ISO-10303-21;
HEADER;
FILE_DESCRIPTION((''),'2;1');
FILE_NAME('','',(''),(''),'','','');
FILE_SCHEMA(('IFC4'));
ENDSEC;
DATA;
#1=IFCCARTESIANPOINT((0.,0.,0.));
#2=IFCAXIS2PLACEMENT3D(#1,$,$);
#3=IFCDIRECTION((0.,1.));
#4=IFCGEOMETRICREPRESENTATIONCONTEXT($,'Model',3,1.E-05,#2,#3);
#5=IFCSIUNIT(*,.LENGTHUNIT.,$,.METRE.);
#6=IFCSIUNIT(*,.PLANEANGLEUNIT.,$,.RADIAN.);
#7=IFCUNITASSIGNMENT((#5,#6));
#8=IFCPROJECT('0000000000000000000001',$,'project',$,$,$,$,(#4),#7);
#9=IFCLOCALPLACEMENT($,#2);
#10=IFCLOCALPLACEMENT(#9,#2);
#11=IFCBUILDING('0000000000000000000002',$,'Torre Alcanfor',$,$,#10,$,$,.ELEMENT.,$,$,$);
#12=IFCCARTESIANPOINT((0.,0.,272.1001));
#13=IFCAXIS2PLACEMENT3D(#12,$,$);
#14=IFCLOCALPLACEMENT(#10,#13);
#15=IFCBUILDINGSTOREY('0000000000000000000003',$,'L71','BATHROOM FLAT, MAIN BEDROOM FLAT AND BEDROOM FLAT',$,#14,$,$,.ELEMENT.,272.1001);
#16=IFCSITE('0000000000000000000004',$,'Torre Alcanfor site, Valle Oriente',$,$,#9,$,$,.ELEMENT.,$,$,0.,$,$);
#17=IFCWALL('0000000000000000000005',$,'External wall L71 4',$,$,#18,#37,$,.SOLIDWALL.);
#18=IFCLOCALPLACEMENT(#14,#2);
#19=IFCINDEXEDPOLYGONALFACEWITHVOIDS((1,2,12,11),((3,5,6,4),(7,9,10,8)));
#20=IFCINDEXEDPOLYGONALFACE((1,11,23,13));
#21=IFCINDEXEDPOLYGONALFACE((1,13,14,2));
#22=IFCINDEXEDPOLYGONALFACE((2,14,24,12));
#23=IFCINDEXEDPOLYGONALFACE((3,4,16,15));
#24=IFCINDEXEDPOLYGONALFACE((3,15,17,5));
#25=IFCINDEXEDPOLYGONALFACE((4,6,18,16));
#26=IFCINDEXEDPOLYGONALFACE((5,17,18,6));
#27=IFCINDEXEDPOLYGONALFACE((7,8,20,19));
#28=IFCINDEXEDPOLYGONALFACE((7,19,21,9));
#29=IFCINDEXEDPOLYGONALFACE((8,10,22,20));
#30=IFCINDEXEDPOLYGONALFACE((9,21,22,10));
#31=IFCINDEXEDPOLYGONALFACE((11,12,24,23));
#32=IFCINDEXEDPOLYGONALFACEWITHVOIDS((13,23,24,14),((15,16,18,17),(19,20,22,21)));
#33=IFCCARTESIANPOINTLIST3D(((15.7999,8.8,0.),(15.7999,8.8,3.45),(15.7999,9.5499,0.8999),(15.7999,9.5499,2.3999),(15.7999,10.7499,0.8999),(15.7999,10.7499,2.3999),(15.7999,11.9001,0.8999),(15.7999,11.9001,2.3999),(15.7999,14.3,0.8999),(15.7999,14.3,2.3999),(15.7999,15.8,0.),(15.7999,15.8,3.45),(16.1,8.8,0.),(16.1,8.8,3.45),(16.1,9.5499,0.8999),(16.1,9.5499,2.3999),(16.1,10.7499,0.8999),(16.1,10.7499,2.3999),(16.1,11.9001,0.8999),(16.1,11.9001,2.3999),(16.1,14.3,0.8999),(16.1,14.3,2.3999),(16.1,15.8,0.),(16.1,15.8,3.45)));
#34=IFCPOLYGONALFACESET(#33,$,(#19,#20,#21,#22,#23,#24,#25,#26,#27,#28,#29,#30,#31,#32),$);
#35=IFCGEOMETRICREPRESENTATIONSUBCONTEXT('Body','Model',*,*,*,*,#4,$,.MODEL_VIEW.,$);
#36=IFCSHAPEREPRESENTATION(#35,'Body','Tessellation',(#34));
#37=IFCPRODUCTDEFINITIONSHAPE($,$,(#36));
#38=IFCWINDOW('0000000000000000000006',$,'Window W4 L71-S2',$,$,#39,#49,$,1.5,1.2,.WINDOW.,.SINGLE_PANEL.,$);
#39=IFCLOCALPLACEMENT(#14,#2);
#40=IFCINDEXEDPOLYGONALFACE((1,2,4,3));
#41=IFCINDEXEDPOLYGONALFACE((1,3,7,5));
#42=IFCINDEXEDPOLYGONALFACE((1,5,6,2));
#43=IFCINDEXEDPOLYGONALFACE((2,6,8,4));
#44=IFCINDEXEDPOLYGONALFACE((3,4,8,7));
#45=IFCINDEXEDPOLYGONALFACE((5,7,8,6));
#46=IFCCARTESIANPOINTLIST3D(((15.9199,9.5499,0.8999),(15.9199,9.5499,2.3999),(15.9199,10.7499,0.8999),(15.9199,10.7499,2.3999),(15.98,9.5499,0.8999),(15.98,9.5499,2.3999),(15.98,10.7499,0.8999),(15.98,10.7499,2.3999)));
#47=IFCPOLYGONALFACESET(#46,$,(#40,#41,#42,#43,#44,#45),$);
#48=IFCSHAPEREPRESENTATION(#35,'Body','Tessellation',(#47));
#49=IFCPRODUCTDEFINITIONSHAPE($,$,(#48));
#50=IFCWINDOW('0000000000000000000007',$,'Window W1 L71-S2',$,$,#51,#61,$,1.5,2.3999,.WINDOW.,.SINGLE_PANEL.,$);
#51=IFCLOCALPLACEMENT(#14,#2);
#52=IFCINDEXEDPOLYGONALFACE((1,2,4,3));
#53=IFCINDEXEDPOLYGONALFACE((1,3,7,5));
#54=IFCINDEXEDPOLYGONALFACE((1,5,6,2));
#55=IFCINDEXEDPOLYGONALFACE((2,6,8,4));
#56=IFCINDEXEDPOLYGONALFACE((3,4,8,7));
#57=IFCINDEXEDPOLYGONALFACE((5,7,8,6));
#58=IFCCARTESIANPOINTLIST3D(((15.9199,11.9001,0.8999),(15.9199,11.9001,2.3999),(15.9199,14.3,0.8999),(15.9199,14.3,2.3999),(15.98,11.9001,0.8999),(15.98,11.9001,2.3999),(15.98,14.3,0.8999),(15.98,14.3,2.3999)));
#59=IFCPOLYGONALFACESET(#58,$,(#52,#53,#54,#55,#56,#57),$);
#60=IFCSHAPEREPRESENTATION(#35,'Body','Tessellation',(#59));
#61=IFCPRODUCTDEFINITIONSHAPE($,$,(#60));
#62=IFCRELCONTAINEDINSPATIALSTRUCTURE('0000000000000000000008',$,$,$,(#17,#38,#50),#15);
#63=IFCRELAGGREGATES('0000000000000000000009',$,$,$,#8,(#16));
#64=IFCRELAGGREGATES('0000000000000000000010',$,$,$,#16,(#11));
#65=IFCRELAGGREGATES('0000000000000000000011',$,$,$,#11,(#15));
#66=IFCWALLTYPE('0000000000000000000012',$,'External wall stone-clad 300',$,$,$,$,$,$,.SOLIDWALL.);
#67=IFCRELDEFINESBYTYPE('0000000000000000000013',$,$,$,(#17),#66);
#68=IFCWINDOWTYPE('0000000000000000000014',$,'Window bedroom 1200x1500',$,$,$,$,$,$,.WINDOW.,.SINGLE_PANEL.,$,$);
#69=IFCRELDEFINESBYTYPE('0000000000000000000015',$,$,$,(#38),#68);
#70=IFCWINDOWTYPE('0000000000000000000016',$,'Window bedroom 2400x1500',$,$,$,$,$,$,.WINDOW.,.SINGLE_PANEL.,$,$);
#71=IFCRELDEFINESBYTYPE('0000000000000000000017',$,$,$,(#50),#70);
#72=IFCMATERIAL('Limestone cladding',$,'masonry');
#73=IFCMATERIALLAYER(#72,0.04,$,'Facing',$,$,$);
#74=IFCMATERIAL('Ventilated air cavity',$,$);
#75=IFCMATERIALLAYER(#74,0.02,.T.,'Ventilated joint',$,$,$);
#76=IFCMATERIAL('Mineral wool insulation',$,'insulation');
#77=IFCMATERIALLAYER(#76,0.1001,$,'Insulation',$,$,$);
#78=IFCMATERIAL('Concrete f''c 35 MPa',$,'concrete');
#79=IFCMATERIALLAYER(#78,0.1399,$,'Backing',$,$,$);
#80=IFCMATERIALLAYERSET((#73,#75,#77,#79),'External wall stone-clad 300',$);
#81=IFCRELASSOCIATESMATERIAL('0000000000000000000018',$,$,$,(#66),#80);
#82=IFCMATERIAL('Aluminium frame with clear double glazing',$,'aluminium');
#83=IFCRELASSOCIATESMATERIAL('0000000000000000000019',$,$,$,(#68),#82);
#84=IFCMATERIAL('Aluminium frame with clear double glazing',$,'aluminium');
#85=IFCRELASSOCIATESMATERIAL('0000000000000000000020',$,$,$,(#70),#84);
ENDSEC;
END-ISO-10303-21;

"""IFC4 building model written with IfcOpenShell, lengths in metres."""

from ifc_helpers import new_model, si_unit, direction, frame, frame_2d, origin, place, context, subcontext, project, spatial, rectangle, extrude, material, layer, layer_set, type_object, element, fill, save


model = new_model("IFC4")

# Units and contexts
model_context = context("Model", 3, precision=1e-05, world=origin(), true_north=direction((0.0, 1.0)))
body_context = subcontext(model_context, "Body", "Model", "MODEL_VIEW")
ifc_project = project(units=[si_unit("LENGTHUNIT", "METRE"), si_unit("PLANEANGLEUNIT", "RADIAN")], contexts=[model_context])

# Site, building, storey
site_placement = place(None, origin())
site = spatial("IfcSite", under=ifc_project, at=site_placement, Name="Torre Alcanfor site, Valle Oriente", CompositionType="ELEMENT", RefElevation=0.0)
building_placement = place(site_placement, origin())
building = spatial("IfcBuilding", under=site, at=building_placement, Name="Torre Alcanfor", CompositionType="ELEMENT")
storey_placement = place(building_placement, frame((0.0, 0.0, 272.1001)))
storey = spatial("IfcBuildingStorey", under=building, at=storey_placement, Name="L71", Description="BATHROOM FLAT, MAIN BEDROOM FLAT AND BEDROOM FLAT", CompositionType="ELEMENT", Elevation=272.1001)

# Wall, openings, windows
ifc_material_1 = material(Name="Limestone cladding", Category="masonry")
ifc_layer_1 = layer(ifc_material_1, 0.04, Name="Facing")
ifc_material_2 = material(Name="Ventilated air cavity")
ifc_layer_2 = layer(ifc_material_2, 0.02, ventilated=True, Name="Ventilated joint")
ifc_material_3 = material(Name="Mineral wool insulation", Category="insulation")
ifc_layer_3 = layer(ifc_material_3, 0.1001, Name="Insulation")
ifc_material_4 = material(Name="Concrete f'c 35 MPa", Category="concrete")
ifc_layer_4 = layer(ifc_material_4, 0.1399, Name="Backing")
ifc_layer_set_1 = layer_set([ifc_layer_1, ifc_layer_2, ifc_layer_3, ifc_layer_4], Name="External wall stone-clad 300")
wall_type_1 = type_object("IfcWallType", Name="External wall stone-clad 300", PredefinedType="SOLIDWALL", material=ifc_layer_set_1)
ifc_material_5 = material(Name="Aluminium frame with clear double glazing", Category="aluminium")
window_type_1 = type_object("IfcWindowType", Name="Window bedroom 1200x1500", PartitioningType="SINGLE_PANEL", PredefinedType="WINDOW", material=ifc_material_5)
ifc_material_6 = material(Name="Aluminium frame with clear double glazing", Category="aluminium")
window_type_2 = type_object("IfcWindowType", Name="Window bedroom 2400x1500", PartitioningType="SINGLE_PANEL", PredefinedType="WINDOW", material=ifc_material_6)
wall_1_placement = place(storey_placement, frame((15.95, 15.8, 0.0), z_axis=(0.0, 0.0, 1.0), x_axis=(0.0, -1.0, 0.0)))
wall_1 = element("IfcWall", 1, at=wall_1_placement, inside=storey, type_object=wall_type_1, Name="External wall L71 4", PredefinedType="SOLIDWALL", context=body_context, shape_type="SweptSolid", body=[
    extrude(rectangle(XDim=7.0, YDim=0.3, at=frame_2d((3.5, 0.0))), origin(), (0.0, 0.0, 1.0), 3.45),
])
opening_1_placement = place(wall_1_placement, frame((1.5, 0.0, 0.8999)))
opening_1 = element("IfcOpeningElement", 2, at=opening_1_placement, cuts=wall_1, PredefinedType="OPENING", context=body_context, shape_type="SweptSolid", body=[
    extrude(rectangle(XDim=2.3999, YDim=1.5, at=frame_2d((1.2, 0.75))), frame((0.0, 0.1599, 0.0), z_axis=(0.0, -1.0, 0.0), x_axis=(1.0, 0.0, 0.0)), (0.0, 0.0, 1.0), 0.3201),
])
opening_2_placement = place(wall_1_placement, frame((5.05, 0.0, 0.8999)))
opening_2 = element("IfcOpeningElement", 3, at=opening_2_placement, cuts=wall_1, PredefinedType="OPENING", context=body_context, shape_type="SweptSolid", body=[
    extrude(rectangle(XDim=1.2, YDim=1.5, at=frame_2d((0.6001, 0.75))), frame((0.0, 0.1599, 0.0), z_axis=(0.0, -1.0, 0.0), x_axis=(1.0, 0.0, 0.0)), (0.0, 0.0, 1.0), 0.3201),
])
window_1_placement = place(opening_2_placement, origin())
window_1 = element("IfcWindow", 4, at=window_1_placement, inside=storey, type_object=window_type_1, Name="Window W4 L71-S2", OverallHeight=1.5, OverallWidth=1.2, PartitioningType="SINGLE_PANEL", PredefinedType="WINDOW", context=body_context, shape_type="SweptSolid", body=[
    extrude(rectangle(XDim=1.2, YDim=1.5, at=frame_2d((0.6001, 0.75))), frame((0.0, 0.03, 0.0), z_axis=(0.0, -1.0, 0.0), x_axis=(1.0, 0.0, 0.0)), (0.0, 0.0, 1.0), 0.0601),
])
fill(opening_2, window_1)
window_2_placement = place(opening_1_placement, origin())
window_2 = element("IfcWindow", 5, at=window_2_placement, inside=storey, type_object=window_type_2, Name="Window W1 L71-S2", OverallHeight=1.5, OverallWidth=2.3999, PartitioningType="SINGLE_PANEL", PredefinedType="WINDOW", context=body_context, shape_type="SweptSolid", body=[
    extrude(rectangle(XDim=2.3999, YDim=1.5, at=frame_2d((1.2, 0.75))), frame((0.0, 0.03, 0.0), z_axis=(0.0, -1.0, 0.0), x_axis=(1.0, 0.0, 0.0)), (0.0, 0.0, 1.0), 0.0601),
])
fill(opening_1, window_2)

save(model, "model.ifc")
